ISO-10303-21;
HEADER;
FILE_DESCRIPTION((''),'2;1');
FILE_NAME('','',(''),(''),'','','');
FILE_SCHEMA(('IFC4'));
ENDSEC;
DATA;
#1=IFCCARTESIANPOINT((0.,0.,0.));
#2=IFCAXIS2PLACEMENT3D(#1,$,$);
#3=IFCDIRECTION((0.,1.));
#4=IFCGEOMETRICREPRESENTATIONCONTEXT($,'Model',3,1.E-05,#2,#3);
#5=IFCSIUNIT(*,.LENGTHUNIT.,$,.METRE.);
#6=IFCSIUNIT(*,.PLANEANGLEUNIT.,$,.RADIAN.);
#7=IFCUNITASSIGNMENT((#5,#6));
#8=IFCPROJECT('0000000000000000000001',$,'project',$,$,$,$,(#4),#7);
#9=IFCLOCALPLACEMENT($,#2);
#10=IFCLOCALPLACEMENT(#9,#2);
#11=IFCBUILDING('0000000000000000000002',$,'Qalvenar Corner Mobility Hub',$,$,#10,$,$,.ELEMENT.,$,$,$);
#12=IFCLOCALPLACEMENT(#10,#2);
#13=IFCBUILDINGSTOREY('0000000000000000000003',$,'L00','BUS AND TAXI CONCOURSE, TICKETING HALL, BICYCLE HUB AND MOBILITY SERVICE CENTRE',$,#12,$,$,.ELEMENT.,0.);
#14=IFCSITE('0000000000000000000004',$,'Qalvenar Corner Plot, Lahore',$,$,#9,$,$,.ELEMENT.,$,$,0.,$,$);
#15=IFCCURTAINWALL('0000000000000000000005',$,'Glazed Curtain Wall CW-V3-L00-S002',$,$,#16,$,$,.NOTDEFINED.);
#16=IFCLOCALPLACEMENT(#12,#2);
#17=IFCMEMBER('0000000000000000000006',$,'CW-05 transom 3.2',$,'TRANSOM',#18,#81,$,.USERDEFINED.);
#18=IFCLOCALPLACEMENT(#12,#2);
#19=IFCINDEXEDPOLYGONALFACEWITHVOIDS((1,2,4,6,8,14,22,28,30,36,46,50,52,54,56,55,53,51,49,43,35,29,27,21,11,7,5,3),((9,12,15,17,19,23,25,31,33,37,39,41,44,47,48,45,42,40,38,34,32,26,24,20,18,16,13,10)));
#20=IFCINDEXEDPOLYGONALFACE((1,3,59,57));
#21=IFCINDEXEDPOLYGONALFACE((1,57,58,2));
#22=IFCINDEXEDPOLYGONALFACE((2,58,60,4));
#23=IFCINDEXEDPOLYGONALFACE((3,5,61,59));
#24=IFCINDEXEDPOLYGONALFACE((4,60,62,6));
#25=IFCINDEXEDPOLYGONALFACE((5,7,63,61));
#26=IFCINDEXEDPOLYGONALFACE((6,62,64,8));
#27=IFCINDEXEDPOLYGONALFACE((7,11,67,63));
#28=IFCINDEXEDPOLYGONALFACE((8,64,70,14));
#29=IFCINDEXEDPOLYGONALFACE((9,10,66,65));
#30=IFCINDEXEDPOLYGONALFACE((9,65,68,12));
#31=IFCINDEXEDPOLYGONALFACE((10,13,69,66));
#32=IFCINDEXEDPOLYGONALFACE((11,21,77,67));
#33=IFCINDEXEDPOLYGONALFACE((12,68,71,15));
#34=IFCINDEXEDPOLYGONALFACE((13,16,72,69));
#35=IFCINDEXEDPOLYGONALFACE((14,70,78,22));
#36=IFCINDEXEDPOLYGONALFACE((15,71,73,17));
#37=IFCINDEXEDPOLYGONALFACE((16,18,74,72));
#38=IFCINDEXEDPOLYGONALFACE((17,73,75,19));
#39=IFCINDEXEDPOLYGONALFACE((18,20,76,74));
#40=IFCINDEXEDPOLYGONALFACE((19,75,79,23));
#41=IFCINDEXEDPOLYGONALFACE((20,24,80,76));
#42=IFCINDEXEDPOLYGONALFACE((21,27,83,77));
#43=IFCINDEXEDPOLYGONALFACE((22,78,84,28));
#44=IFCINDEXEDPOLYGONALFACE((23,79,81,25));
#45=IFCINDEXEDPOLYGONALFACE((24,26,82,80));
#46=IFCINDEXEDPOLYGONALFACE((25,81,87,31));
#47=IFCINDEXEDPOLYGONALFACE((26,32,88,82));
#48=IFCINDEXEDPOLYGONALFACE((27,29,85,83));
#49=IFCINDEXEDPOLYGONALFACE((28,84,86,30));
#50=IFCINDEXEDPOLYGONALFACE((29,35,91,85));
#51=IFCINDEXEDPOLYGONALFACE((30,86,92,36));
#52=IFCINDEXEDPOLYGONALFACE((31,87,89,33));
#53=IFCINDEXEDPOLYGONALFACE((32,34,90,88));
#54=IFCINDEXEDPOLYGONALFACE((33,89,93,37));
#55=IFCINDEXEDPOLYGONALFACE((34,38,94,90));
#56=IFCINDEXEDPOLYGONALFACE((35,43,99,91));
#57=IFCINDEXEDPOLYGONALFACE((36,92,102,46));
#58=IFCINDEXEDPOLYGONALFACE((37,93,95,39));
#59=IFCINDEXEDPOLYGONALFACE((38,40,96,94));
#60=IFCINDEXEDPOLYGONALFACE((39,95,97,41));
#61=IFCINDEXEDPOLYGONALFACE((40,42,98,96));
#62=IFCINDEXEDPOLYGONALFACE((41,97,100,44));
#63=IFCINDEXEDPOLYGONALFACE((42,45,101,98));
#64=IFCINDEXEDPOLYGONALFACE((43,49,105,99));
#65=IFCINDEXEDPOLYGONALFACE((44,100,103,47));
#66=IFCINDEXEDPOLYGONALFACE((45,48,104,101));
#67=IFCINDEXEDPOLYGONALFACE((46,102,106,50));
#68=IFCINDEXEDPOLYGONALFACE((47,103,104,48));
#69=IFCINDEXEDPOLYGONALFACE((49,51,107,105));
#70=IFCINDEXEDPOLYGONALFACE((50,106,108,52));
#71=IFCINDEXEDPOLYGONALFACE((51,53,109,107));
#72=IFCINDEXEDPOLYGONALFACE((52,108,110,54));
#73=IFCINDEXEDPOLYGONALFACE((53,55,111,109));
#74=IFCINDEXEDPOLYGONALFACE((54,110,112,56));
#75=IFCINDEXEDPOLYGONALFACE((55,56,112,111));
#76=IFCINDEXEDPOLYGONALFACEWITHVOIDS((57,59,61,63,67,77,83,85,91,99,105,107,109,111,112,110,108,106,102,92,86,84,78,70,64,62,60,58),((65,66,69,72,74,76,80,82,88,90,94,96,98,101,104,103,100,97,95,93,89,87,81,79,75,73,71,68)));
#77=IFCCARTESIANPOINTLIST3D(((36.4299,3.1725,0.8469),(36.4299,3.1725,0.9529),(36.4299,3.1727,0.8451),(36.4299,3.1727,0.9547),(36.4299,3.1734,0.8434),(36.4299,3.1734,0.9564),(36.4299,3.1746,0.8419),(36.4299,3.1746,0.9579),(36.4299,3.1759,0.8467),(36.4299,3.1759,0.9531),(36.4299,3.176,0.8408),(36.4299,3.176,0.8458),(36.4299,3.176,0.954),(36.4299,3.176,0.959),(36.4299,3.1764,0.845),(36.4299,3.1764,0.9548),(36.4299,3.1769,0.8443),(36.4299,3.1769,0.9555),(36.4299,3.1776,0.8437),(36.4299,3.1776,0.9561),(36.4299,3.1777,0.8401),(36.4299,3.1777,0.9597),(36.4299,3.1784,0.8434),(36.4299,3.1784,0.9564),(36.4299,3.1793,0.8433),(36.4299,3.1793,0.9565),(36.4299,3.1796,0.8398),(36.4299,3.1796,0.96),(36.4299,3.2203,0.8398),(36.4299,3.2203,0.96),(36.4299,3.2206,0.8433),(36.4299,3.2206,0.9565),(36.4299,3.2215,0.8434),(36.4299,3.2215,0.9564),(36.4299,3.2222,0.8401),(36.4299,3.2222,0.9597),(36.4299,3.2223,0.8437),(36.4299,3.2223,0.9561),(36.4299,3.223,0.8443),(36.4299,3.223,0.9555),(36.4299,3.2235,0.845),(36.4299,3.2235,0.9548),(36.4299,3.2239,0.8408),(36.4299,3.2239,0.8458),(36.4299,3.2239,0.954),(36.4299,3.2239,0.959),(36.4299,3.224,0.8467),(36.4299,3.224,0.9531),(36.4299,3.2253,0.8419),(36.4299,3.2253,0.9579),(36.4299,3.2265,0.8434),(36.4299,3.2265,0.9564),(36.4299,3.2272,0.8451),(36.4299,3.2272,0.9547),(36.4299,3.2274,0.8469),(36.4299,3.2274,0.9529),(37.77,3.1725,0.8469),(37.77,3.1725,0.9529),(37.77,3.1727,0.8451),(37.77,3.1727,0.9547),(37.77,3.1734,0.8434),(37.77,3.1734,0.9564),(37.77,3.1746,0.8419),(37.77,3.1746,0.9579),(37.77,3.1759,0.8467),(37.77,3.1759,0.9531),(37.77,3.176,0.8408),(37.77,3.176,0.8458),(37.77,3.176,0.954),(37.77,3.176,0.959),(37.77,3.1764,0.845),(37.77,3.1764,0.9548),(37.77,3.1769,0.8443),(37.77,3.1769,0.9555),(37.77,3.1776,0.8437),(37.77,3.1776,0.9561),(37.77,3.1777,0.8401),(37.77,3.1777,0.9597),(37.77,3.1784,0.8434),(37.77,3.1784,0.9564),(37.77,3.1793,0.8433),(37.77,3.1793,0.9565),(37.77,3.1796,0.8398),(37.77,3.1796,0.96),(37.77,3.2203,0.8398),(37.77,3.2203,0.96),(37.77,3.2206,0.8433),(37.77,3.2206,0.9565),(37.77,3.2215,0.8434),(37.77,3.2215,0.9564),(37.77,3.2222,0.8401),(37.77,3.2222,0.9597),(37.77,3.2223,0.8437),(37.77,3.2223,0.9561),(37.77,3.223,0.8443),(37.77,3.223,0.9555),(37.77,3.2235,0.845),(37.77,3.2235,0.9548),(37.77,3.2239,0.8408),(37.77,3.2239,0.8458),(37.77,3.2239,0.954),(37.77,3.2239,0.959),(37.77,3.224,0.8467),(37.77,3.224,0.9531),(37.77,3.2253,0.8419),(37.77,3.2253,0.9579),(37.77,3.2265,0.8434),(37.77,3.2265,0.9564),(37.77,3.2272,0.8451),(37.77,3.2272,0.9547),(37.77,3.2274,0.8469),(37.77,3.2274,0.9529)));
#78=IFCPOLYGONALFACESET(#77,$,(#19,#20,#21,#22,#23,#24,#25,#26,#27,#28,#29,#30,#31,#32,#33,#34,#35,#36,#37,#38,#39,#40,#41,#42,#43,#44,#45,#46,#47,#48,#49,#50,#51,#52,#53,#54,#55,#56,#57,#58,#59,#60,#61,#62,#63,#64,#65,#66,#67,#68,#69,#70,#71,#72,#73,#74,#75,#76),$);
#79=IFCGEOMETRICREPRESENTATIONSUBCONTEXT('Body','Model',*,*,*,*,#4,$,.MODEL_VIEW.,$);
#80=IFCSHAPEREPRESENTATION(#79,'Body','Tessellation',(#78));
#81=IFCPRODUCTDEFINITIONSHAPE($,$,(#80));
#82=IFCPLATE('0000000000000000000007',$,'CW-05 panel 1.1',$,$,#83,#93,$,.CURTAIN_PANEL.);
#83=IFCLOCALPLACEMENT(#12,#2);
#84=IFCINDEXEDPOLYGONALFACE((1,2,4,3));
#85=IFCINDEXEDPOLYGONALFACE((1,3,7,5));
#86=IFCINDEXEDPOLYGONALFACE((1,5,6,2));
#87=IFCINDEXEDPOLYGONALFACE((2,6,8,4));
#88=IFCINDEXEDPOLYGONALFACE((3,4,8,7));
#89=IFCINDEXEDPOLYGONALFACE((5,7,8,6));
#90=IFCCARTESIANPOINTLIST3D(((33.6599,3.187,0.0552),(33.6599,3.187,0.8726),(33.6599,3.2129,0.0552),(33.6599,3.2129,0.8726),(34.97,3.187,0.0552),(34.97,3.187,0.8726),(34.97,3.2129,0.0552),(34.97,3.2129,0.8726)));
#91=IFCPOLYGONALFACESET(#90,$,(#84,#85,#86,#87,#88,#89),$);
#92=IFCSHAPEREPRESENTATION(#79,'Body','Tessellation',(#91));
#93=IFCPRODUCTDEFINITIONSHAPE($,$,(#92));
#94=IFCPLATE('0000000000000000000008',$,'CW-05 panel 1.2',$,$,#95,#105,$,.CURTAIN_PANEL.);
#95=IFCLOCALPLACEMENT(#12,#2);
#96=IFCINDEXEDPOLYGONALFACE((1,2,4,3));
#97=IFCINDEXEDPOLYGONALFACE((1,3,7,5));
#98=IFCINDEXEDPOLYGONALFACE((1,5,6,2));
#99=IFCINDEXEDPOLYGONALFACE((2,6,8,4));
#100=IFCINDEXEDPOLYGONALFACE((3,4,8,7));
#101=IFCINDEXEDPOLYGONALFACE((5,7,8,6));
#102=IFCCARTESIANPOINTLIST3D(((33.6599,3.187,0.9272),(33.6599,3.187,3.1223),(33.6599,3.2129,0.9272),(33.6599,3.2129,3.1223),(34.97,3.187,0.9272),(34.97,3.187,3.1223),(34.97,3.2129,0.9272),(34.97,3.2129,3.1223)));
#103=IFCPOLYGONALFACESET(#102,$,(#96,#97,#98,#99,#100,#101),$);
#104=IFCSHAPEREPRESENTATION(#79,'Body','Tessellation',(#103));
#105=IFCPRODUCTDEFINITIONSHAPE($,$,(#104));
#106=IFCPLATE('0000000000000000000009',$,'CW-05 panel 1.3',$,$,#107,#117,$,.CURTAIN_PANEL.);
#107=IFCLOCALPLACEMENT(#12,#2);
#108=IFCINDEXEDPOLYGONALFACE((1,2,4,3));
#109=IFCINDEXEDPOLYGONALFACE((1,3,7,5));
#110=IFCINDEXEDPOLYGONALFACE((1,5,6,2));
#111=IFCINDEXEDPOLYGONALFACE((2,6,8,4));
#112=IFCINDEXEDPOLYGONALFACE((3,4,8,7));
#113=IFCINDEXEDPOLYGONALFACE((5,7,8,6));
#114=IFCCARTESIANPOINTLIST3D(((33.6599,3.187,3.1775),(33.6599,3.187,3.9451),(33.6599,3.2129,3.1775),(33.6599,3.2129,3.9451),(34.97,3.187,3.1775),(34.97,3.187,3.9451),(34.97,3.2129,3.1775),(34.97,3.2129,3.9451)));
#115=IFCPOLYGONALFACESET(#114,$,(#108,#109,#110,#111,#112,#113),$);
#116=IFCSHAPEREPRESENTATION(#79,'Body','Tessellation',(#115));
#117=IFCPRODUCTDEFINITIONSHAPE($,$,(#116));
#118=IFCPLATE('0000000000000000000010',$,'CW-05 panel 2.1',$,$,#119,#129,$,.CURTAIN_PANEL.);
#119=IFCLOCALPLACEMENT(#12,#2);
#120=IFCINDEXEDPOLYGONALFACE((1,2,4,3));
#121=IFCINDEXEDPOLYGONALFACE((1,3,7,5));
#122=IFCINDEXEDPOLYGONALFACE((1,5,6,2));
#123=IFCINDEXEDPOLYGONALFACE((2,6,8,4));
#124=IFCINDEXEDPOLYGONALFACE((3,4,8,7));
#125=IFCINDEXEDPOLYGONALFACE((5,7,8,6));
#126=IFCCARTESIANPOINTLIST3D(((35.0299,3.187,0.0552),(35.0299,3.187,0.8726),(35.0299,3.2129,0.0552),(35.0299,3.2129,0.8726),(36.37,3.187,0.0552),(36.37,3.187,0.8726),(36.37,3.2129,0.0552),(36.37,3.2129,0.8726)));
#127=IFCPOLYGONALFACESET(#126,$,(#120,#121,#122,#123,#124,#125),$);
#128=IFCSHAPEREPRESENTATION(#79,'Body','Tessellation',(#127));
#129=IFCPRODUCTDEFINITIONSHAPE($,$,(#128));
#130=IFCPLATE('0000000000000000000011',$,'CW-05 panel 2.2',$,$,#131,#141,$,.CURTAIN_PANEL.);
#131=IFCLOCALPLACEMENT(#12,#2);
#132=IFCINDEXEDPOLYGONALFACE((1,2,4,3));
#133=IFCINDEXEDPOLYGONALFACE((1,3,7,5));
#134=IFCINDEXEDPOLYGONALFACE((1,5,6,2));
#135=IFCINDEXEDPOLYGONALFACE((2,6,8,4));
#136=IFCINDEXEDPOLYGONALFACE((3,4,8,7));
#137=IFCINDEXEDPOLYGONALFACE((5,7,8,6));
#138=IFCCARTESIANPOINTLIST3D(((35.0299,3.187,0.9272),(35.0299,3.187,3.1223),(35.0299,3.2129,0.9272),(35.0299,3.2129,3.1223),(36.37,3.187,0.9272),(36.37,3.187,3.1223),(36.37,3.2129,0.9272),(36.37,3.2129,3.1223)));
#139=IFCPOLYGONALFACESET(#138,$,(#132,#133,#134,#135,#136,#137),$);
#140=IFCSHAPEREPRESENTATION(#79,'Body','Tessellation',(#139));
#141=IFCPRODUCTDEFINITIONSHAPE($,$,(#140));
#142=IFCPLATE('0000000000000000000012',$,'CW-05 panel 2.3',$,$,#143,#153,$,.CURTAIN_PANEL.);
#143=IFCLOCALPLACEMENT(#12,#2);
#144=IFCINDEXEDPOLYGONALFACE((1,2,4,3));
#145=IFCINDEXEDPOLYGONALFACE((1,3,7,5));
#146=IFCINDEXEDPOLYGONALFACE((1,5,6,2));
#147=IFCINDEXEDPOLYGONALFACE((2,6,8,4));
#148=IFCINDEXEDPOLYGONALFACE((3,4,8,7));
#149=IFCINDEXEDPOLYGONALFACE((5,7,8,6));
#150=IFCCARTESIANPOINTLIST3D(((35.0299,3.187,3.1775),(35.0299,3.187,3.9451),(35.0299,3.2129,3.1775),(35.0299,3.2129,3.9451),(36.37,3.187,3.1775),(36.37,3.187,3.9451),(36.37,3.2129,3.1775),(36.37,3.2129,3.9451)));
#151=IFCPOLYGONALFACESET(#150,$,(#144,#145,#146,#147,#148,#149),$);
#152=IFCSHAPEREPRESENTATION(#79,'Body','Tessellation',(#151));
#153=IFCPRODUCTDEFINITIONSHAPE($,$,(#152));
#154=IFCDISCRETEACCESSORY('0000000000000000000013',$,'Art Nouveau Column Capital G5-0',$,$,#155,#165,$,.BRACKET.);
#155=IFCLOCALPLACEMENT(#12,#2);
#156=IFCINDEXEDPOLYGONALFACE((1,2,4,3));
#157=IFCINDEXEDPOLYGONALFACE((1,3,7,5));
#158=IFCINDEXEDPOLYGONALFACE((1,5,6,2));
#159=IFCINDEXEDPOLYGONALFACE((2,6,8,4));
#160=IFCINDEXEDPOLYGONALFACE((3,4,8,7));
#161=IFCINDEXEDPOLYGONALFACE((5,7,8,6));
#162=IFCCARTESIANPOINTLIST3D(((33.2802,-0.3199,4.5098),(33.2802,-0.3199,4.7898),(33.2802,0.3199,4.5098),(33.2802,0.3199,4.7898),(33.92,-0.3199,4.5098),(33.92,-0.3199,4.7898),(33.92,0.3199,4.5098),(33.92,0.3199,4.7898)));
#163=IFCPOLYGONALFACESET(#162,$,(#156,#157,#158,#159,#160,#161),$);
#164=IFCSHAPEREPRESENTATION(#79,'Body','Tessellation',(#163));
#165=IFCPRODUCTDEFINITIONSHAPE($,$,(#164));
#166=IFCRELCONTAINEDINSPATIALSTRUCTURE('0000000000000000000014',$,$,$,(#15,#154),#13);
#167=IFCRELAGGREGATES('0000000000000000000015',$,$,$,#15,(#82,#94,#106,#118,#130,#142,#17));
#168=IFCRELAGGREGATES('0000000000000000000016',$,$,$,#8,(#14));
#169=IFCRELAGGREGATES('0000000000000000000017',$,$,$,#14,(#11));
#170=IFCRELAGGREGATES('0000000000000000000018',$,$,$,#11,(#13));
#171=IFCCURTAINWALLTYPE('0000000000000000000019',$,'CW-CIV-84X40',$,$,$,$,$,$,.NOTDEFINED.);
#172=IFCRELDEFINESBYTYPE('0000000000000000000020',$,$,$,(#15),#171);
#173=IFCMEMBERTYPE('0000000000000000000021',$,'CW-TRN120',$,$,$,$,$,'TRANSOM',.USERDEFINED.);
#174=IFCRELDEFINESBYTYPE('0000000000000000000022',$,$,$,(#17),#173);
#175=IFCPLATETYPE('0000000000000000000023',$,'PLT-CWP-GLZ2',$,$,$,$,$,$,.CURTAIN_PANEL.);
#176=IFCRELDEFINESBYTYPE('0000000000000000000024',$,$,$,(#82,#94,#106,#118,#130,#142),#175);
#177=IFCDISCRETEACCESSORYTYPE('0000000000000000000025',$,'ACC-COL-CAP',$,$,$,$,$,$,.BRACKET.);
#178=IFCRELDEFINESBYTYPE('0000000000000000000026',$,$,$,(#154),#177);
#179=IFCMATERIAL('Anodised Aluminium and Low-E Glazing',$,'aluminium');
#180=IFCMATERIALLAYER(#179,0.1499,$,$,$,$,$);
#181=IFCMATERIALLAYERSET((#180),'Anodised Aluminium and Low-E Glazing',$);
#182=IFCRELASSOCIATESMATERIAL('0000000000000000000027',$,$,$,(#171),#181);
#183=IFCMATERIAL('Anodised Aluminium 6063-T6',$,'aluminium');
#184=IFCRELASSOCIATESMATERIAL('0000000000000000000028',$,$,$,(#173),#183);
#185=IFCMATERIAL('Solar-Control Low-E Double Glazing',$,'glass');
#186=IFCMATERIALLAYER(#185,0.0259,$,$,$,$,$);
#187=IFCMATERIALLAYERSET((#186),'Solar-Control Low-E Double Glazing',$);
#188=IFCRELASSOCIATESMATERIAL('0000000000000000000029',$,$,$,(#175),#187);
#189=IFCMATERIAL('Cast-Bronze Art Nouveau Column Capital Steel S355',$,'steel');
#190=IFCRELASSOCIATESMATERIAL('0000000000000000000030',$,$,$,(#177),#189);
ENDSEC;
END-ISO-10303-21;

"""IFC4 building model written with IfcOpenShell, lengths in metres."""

from ifc_helpers import new_model, si_unit, direction, frame, origin, origin_2d, place, context, subcontext, project, spatial, rectangle, hollow_rectangle, extrude, material, layer, layer_set, material_profile, profile_set, type_object, element, aggregate, save


model = new_model("IFC4")

# Units and contexts
model_context = context("Model", 3, precision=1e-05, world=origin(), true_north=direction((0.0, 1.0)))
body_context = subcontext(model_context, "Body", "Model", "MODEL_VIEW")
ifc_project = project(units=[si_unit("LENGTHUNIT", "METRE"), si_unit("PLANEANGLEUNIT", "RADIAN")], contexts=[model_context])

# Site, building, storey
site_placement = place(None, origin())
site = spatial("IfcSite", under=ifc_project, at=site_placement, Name="Qalvenar Corner Plot, Lahore", CompositionType="ELEMENT", RefElevation=0.0)
building_placement = place(site_placement, origin())
building = spatial("IfcBuilding", under=site, at=building_placement, Name="Qalvenar Corner Mobility Hub", CompositionType="ELEMENT")
storey_placement = place(building_placement, origin())
storey = spatial("IfcBuildingStorey", under=building, at=storey_placement, Name="L00", Description="BUS AND TAXI CONCOURSE, TICKETING HALL, BICYCLE HUB AND MOBILITY SERVICE CENTRE", CompositionType="ELEMENT", Elevation=0.0)

# Curtain wall, member, plates
ifc_material_1 = material(Name="Anodised Aluminium and Low-E Glazing", Category="aluminium")
ifc_layer_1 = layer(ifc_material_1, 0.1499)
ifc_layer_set_1 = layer_set([ifc_layer_1], Name="Anodised Aluminium and Low-E Glazing")
curtain_wall_type = type_object("IfcCurtainWallType", Name="CW-CIV-84X40", PredefinedType="NOTDEFINED", material=ifc_layer_set_1)
curtain_wall_placement = place(storey_placement, origin())
curtain_wall = element("IfcCurtainWall", 1, at=curtain_wall_placement, inside=storey, type_object=curtain_wall_type, Name="Glazed Curtain Wall CW-V3-L00-S002", PredefinedType="NOTDEFINED")
ifc_material_2 = material(Name="Anodised Aluminium 6063-T6", Category="aluminium")
ifc_material_profile_1 = material_profile(ifc_material_2, hollow_rectangle(XDim=0.0549, YDim=0.1201, WallThickness=0.0034, InnerFilletRadius=0.0034, OuterFilletRadius=0.0071, at=origin_2d()), Name="RHS120x55x3.5")
ifc_profile_set_1 = profile_set([ifc_material_profile_1], Name="Anodised Aluminium 6063-T6")
member_type_1 = type_object("IfcMemberType", Name="CW-TRN120", ElementType="TRANSOM", PredefinedType="USERDEFINED", material=ifc_profile_set_1)
member_1_placement = place(storey_placement, frame((36.4299, 3.2, 0.8999), z_axis=(1.0, 0.0, 0.0), x_axis=(0.0, 1.0, 0.0)))
member_1 = element("IfcMember", 2, at=member_1_placement, type_object=member_type_1, Name="CW-05 transom 3.2", ObjectType="TRANSOM", PredefinedType="USERDEFINED", context=body_context, shape_type="SweptSolid", body=[
    extrude(hollow_rectangle(XDim=0.0549, YDim=0.1201, WallThickness=0.0034, InnerFilletRadius=0.0034, OuterFilletRadius=0.0071, at=origin_2d()), origin(), (0.0, 0.0, 1.0), 1.3401),
])
ifc_material_3 = material(Name="Solar-Control Low-E Double Glazing", Category="glass")
ifc_layer_2 = layer(ifc_material_3, 0.0259)
ifc_layer_set_2 = layer_set([ifc_layer_2], Name="Solar-Control Low-E Double Glazing")
plate_type = type_object("IfcPlateType", Name="PLT-CWP-GLZ2", PredefinedType="CURTAIN_PANEL", material=ifc_layer_set_2)
plate_1_placement = place(storey_placement, frame((34.3149, 3.2, 0.0552), z_axis=(0.0, 0.0, 1.0), x_axis=(1.0, 0.0, 0.0)))
plate_1 = element("IfcPlate", 3, at=plate_1_placement, type_object=plate_type, Name="CW-05 panel 1.1", PredefinedType="CURTAIN_PANEL", context=body_context, shape_type="SweptSolid", body=[
    extrude(rectangle(XDim=1.3101, YDim=0.0259, at=origin_2d()), origin(), (0.0, 0.0, 1.0), 0.8174),
])
plate_2_placement = place(storey_placement, frame((34.3149, 3.2, 0.9272), z_axis=(0.0, 0.0, 1.0), x_axis=(1.0, 0.0, 0.0)))
plate_2 = element("IfcPlate", 4, at=plate_2_placement, type_object=plate_type, Name="CW-05 panel 1.2", PredefinedType="CURTAIN_PANEL", context=body_context, shape_type="SweptSolid", body=[
    extrude(rectangle(XDim=1.3101, YDim=0.0259, at=origin_2d()), origin(), (0.0, 0.0, 1.0), 2.1951),
])
plate_3_placement = place(storey_placement, frame((34.3149, 3.2, 3.1775), z_axis=(0.0, 0.0, 1.0), x_axis=(1.0, 0.0, 0.0)))
plate_3 = element("IfcPlate", 5, at=plate_3_placement, type_object=plate_type, Name="CW-05 panel 1.3", PredefinedType="CURTAIN_PANEL", context=body_context, shape_type="SweptSolid", body=[
    extrude(rectangle(XDim=1.3101, YDim=0.0259, at=origin_2d()), origin(), (0.0, 0.0, 1.0), 0.7676),
])
plate_4_placement = place(storey_placement, frame((35.7, 3.2, 0.0552), z_axis=(0.0, 0.0, 1.0), x_axis=(1.0, 0.0, 0.0)))
plate_4 = element("IfcPlate", 6, at=plate_4_placement, type_object=plate_type, Name="CW-05 panel 2.1", PredefinedType="CURTAIN_PANEL", context=body_context, shape_type="SweptSolid", body=[
    extrude(rectangle(XDim=1.3401, YDim=0.0259, at=origin_2d()), origin(), (0.0, 0.0, 1.0), 0.8174),
])
plate_5_placement = place(storey_placement, frame((35.7, 3.2, 0.9272), z_axis=(0.0, 0.0, 1.0), x_axis=(1.0, 0.0, 0.0)))
plate_5 = element("IfcPlate", 7, at=plate_5_placement, type_object=plate_type, Name="CW-05 panel 2.2", PredefinedType="CURTAIN_PANEL", context=body_context, shape_type="SweptSolid", body=[
    extrude(rectangle(XDim=1.3401, YDim=0.0259, at=origin_2d()), origin(), (0.0, 0.0, 1.0), 2.1951),
])
plate_6_placement = place(storey_placement, frame((35.7, 3.2, 3.1775), z_axis=(0.0, 0.0, 1.0), x_axis=(1.0, 0.0, 0.0)))
plate_6 = element("IfcPlate", 8, at=plate_6_placement, type_object=plate_type, Name="CW-05 panel 2.3", PredefinedType="CURTAIN_PANEL", context=body_context, shape_type="SweptSolid", body=[
    extrude(rectangle(XDim=1.3401, YDim=0.0259, at=origin_2d()), origin(), (0.0, 0.0, 1.0), 0.7676),
])
aggregate(curtain_wall, [plate_1, plate_2, plate_3, plate_4, plate_5, plate_6, member_1])

# Discrete accessory
ifc_material_4 = material(Name="Cast-Bronze Art Nouveau Column Capital Steel S355", Category="steel")
discrete_accessory_type = type_object("IfcDiscreteAccessoryType", Name="ACC-COL-CAP", PredefinedType="BRACKET", material=ifc_material_4)
discrete_accessory_placement = place(storey_placement, frame((33.6001, 0.0, 4.5098), z_axis=(0.0, 0.0, 1.0), x_axis=(1.0, 0.0, 0.0)))
element("IfcDiscreteAccessory", 9, at=discrete_accessory_placement, inside=storey, type_object=discrete_accessory_type, Name="Art Nouveau Column Capital G5-0", PredefinedType="BRACKET", context=body_context, shape_type="SweptSolid", body=[
    extrude(rectangle(XDim=0.6399, YDim=0.6399, at=origin_2d()), origin(), (0.0, 0.0, 1.0), 0.28),
])

save(model, "model.ifc")
